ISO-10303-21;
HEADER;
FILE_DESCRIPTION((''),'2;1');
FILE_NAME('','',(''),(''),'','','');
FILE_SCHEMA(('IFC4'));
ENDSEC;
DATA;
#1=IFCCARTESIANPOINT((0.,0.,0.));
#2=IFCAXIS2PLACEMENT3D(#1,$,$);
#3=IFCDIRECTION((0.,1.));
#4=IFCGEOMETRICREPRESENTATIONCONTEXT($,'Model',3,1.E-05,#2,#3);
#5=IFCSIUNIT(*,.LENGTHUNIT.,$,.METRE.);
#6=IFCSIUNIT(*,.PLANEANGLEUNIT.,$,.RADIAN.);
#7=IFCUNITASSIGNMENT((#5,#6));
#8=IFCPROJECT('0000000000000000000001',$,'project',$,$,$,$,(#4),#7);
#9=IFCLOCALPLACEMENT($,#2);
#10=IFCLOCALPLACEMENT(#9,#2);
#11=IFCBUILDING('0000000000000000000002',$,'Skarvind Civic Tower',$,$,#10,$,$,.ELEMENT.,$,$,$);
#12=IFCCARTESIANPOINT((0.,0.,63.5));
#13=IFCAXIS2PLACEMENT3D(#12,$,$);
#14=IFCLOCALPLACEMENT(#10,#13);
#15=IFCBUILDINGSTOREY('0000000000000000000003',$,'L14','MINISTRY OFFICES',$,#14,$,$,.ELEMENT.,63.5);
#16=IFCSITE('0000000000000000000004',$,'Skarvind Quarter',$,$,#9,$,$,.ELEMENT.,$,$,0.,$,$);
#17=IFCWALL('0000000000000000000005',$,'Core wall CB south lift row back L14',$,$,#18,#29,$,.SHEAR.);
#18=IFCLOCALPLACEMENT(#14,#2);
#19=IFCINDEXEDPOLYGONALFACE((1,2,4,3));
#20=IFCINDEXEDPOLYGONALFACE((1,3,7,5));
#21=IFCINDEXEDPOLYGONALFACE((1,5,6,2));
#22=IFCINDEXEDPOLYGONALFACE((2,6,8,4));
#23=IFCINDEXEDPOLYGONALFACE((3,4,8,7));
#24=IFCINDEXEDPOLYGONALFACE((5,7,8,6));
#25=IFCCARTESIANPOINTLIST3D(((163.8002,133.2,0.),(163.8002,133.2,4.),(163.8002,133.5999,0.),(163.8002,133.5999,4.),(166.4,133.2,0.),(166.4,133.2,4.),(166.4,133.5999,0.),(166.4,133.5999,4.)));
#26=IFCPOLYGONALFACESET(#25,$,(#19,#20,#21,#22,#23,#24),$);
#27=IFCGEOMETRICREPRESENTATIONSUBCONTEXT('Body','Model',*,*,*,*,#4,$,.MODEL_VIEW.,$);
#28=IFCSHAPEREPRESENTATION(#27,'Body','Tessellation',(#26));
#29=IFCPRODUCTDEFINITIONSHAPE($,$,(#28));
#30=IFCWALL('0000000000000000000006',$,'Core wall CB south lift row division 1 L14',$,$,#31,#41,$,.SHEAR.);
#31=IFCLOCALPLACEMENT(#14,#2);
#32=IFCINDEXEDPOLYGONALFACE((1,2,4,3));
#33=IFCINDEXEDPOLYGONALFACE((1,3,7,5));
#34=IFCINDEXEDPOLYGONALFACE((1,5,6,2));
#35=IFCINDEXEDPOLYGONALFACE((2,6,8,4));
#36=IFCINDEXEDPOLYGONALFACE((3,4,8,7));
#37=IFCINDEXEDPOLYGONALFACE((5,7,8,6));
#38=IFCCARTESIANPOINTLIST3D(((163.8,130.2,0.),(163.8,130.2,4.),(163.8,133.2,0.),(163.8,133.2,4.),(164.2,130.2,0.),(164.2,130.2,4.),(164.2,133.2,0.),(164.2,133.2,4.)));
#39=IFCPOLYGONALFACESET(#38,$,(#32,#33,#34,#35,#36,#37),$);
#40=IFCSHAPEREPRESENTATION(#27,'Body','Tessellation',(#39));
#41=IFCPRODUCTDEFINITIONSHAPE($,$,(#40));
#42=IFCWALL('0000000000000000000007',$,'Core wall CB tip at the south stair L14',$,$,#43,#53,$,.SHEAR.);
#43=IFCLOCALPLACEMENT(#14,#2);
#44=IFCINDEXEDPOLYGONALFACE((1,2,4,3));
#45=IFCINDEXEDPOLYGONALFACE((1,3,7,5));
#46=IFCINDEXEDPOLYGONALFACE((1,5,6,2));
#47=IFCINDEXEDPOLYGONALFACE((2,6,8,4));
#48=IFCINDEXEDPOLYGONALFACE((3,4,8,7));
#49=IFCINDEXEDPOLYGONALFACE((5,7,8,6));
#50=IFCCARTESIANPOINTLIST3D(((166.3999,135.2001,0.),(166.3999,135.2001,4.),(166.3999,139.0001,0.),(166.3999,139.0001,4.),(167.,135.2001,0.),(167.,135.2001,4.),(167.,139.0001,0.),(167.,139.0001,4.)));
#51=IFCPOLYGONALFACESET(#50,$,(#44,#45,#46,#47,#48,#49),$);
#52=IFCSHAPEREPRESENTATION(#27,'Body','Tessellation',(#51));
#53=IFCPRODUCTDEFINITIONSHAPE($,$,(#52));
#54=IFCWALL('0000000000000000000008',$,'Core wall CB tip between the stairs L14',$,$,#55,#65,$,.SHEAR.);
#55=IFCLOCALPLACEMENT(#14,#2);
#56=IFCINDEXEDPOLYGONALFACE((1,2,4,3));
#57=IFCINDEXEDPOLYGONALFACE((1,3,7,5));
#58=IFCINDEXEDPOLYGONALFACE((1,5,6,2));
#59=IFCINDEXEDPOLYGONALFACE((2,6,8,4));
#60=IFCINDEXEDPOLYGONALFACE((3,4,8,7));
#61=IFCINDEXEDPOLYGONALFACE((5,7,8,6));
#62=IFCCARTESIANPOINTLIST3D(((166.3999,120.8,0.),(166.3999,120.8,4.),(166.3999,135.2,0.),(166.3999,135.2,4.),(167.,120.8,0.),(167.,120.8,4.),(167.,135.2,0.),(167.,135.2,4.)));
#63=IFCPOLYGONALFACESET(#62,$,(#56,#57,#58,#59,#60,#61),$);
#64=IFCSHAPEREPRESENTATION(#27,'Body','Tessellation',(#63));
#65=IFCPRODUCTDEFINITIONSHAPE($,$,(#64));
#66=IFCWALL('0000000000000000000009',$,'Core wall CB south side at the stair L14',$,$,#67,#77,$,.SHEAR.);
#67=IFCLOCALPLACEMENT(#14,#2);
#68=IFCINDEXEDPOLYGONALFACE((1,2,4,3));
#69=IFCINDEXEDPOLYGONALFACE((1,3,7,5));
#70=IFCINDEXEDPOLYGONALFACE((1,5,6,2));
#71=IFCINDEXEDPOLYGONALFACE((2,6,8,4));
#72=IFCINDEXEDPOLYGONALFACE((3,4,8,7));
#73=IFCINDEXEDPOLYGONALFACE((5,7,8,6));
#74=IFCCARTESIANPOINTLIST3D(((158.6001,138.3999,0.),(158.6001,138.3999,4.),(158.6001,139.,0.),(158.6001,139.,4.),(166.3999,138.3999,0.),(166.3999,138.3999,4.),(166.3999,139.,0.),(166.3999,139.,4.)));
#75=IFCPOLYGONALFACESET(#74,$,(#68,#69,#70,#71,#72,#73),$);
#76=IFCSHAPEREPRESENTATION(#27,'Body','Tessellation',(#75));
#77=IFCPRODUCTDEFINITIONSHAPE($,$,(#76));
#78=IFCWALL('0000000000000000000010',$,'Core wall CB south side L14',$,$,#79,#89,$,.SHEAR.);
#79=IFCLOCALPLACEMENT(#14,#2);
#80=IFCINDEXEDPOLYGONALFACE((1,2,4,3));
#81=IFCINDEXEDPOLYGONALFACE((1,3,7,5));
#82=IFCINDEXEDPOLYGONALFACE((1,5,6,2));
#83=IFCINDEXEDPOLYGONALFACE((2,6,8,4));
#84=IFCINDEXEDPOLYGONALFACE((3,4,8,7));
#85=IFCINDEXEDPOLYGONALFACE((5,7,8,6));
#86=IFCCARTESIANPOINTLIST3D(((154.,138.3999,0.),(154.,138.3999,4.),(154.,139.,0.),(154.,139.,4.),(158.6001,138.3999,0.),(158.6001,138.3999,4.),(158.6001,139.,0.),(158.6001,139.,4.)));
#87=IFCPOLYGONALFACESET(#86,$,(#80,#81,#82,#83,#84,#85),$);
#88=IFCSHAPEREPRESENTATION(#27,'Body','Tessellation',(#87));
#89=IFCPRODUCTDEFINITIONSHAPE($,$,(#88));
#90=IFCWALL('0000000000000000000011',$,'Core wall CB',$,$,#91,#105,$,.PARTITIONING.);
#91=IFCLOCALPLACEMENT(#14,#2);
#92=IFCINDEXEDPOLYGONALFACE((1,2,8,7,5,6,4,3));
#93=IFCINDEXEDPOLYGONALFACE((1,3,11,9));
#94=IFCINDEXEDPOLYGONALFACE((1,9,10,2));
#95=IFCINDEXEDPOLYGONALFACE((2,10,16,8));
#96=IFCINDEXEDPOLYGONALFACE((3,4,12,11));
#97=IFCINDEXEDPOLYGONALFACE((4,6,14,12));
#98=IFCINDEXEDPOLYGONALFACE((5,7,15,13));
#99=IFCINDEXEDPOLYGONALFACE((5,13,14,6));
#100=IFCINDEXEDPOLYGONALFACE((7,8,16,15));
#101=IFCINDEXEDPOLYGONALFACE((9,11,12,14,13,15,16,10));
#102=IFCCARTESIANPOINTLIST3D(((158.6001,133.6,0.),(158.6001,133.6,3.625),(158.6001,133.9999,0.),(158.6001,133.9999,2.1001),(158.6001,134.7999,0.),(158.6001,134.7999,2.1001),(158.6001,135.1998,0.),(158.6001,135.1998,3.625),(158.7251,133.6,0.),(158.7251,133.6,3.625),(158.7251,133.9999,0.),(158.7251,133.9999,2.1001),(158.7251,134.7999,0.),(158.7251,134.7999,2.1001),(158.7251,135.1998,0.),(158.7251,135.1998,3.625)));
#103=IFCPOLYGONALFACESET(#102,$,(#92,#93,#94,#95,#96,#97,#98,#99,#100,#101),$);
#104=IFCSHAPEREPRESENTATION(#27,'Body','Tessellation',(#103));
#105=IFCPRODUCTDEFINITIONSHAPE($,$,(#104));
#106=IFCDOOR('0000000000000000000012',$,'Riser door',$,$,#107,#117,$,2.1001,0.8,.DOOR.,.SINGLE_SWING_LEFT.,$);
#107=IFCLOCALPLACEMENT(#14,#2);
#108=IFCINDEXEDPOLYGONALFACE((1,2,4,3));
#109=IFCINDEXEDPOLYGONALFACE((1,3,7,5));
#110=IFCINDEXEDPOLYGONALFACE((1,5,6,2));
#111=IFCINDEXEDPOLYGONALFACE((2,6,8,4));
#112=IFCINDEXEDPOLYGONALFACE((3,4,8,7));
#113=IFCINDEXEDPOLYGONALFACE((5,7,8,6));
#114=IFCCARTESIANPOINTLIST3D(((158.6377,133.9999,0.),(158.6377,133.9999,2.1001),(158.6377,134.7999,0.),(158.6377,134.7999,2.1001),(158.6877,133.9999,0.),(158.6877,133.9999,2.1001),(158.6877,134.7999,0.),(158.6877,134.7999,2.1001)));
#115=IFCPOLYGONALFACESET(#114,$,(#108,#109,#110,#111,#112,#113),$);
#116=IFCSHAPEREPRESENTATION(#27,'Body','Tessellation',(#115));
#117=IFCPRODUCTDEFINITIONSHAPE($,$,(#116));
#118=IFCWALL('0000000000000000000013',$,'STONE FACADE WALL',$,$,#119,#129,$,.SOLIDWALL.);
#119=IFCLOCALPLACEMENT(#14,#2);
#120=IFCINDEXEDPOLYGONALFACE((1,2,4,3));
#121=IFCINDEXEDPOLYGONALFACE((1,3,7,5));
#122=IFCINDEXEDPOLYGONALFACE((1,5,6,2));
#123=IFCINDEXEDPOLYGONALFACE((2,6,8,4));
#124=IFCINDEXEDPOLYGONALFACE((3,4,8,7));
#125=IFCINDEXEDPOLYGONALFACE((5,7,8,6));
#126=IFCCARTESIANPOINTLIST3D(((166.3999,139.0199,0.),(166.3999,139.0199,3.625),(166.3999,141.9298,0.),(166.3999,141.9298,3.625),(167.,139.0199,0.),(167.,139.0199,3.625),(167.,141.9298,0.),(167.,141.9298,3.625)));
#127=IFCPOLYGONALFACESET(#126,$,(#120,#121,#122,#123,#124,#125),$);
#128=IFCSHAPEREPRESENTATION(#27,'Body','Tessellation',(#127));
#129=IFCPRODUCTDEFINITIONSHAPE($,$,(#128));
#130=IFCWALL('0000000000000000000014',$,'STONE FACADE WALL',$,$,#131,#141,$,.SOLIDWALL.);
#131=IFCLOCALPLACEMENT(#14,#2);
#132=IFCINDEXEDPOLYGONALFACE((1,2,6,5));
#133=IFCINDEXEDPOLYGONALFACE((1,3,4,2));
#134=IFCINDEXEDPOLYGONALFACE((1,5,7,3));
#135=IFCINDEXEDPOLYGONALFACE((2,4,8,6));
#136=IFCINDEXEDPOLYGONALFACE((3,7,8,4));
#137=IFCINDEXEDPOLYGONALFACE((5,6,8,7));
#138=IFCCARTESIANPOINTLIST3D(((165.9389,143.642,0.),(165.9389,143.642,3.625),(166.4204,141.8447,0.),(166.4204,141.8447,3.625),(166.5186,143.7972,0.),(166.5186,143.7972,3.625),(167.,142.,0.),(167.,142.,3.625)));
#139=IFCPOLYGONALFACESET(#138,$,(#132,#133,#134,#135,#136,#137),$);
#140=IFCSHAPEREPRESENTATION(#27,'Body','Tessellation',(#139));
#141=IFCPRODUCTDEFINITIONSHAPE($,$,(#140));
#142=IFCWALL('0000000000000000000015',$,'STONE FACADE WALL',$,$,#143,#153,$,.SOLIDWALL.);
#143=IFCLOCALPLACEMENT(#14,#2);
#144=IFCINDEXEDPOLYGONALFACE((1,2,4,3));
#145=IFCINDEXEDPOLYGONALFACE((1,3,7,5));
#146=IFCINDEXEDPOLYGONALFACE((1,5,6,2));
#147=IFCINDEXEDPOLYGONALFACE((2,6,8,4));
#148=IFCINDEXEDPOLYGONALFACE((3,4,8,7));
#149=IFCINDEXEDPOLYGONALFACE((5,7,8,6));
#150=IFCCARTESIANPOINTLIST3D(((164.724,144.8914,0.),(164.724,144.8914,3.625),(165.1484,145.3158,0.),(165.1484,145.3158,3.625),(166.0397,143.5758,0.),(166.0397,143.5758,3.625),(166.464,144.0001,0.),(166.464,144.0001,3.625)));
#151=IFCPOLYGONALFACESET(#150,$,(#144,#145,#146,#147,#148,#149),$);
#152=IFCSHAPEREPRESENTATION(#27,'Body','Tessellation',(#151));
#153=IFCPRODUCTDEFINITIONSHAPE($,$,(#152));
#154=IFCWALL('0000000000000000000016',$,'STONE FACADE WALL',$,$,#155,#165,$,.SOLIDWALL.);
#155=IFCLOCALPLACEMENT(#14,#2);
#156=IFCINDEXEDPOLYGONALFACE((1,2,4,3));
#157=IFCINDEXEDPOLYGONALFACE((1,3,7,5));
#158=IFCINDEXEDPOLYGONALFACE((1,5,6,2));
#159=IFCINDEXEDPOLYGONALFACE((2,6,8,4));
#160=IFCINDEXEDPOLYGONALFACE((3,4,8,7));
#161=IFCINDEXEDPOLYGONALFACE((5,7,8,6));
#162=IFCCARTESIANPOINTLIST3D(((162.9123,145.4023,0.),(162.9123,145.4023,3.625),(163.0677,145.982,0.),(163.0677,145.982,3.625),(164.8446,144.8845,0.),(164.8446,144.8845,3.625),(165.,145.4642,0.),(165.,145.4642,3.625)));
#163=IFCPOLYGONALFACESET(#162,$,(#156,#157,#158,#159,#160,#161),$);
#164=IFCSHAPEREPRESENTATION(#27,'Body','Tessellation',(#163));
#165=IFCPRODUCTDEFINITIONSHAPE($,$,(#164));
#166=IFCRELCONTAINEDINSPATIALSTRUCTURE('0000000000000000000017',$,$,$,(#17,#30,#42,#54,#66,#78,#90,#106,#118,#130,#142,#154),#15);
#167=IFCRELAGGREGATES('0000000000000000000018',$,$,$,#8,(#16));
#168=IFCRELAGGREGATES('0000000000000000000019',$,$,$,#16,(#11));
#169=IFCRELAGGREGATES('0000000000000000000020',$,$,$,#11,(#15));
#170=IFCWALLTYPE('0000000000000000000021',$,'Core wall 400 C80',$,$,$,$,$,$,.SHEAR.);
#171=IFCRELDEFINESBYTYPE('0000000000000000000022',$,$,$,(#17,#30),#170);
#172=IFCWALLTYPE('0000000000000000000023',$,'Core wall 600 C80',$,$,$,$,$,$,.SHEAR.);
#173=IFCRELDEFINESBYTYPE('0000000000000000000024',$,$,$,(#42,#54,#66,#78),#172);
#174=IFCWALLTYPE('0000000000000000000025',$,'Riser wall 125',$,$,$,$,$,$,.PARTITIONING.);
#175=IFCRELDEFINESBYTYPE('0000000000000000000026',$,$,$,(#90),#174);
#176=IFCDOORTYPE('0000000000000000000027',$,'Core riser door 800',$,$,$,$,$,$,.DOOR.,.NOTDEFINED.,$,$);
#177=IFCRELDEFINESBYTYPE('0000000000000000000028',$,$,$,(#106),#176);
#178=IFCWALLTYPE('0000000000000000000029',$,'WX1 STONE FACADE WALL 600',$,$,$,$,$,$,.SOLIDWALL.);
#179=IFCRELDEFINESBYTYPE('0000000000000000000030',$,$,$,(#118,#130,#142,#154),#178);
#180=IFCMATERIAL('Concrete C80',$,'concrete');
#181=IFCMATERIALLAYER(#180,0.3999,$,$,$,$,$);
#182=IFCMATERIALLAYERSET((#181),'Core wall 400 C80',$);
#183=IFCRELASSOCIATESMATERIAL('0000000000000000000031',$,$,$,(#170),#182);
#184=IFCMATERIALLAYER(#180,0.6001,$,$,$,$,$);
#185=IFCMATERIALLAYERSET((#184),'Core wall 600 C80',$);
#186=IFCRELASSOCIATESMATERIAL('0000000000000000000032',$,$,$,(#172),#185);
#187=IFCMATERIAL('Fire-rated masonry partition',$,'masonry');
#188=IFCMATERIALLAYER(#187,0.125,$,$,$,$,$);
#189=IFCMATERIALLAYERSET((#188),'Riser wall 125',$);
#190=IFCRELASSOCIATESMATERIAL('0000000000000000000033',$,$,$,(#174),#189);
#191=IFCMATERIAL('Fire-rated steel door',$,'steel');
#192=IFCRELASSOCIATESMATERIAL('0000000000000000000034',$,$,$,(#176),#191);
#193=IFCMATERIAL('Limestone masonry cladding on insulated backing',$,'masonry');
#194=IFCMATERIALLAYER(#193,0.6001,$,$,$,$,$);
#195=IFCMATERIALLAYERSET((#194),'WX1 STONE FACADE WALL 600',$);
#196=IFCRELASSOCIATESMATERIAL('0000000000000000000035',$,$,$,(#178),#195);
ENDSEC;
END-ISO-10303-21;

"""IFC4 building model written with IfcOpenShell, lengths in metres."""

from ifc_helpers import new_model, si_unit, direction, frame, frame_2d, origin, place, context, subcontext, project, spatial, rectangle, extrude, material, layer, layer_set, type_object, element, fill, save


model = new_model("IFC4")

# Units and contexts
model_context = context("Model", 3, precision=1e-05, world=origin(), true_north=direction((0.0, 1.0)))
body_context = subcontext(model_context, "Body", "Model", "MODEL_VIEW")
ifc_project = project(units=[si_unit("LENGTHUNIT", "METRE"), si_unit("PLANEANGLEUNIT", "RADIAN")], contexts=[model_context])

# Site, building, storey
site_placement = place(None, origin())
site = spatial("IfcSite", under=ifc_project, at=site_placement, Name="Skarvind Quarter", CompositionType="ELEMENT", RefElevation=0.0)
building_placement = place(site_placement, origin())
building = spatial("IfcBuilding", under=site, at=building_placement, Name="Skarvind Civic Tower", CompositionType="ELEMENT")
storey_placement = place(building_placement, frame((0.0, 0.0, 63.5)))
storey = spatial("IfcBuildingStorey", under=building, at=storey_placement, Name="L14", Description="MINISTRY OFFICES", CompositionType="ELEMENT", Elevation=63.5)

# Shared definitions
ifc_material_1 = material(Name="Fire-rated masonry partition", Category="masonry")
ifc_material_2 = material(Name="Fire-rated steel door", Category="steel")

# Shared definitions
ifc_material_3 = material(Name="Concrete C80", Category="concrete")
ifc_layer_1 = layer(ifc_material_3, 0.3999)
ifc_layer_set_1 = layer_set([ifc_layer_1], Name="Core wall 400 C80")
wall_type_1 = type_object("IfcWallType", Name="Core wall 400 C80", PredefinedType="SHEAR", material=ifc_layer_set_1)

# Walls
wall_1_placement = place(storey_placement, frame((166.3999, 133.3999, 0.0), z_axis=(0.0, 0.0, 1.0), x_axis=(-1.0, 0.0, 0.0)))
element("IfcWall", 1, at=wall_1_placement, inside=storey, type_object=wall_type_1, Name="Core wall CB south lift row back L14", PredefinedType="SHEAR", context=body_context, shape_type="SweptSolid", body=[
    extrude(rectangle(XDim=2.5999, YDim=0.3999, at=frame_2d((1.2998, 0.0))), origin(), (0.0, 0.0, 1.0), 4.0),
])
wall_2_placement = place(storey_placement, frame((164.0, 133.2, 0.0), z_axis=(0.0, 0.0, 1.0), x_axis=(0.0, -1.0, 0.0)))
element("IfcWall", 2, at=wall_2_placement, inside=storey, type_object=wall_type_1, Name="Core wall CB south lift row division 1 L14", PredefinedType="SHEAR", context=body_context, shape_type="SweptSolid", body=[
    extrude(rectangle(XDim=3.0, YDim=0.3999, at=frame_2d((1.5, 0.0))), origin(), (0.0, 0.0, 1.0), 4.0),
])
ifc_layer_2 = layer(ifc_material_3, 0.6001)
ifc_layer_set_2 = layer_set([ifc_layer_2], Name="Core wall 600 C80")
wall_type_2 = type_object("IfcWallType", Name="Core wall 600 C80", PredefinedType="SHEAR", material=ifc_layer_set_2)
wall_3_placement = place(storey_placement, frame((166.7, 139.0, 0.0), z_axis=(0.0, 0.0, 1.0), x_axis=(0.0, -1.0, 0.0)))
element("IfcWall", 3, at=wall_3_placement, inside=storey, type_object=wall_type_2, Name="Core wall CB tip at the south stair L14", PredefinedType="SHEAR", context=body_context, shape_type="SweptSolid", body=[
    extrude(rectangle(XDim=3.8, YDim=0.6001, at=frame_2d((1.8999, 0.0))), origin(), (0.0, 0.0, 1.0), 4.0),
])
wall_4_placement = place(storey_placement, frame((166.7, 135.2, 0.0), z_axis=(0.0, 0.0, 1.0), x_axis=(0.0, -1.0, 0.0)))
element("IfcWall", 4, at=wall_4_placement, inside=storey, type_object=wall_type_2, Name="Core wall CB tip between the stairs L14", PredefinedType="SHEAR", context=body_context, shape_type="SweptSolid", body=[
    extrude(rectangle(XDim=14.3999, YDim=0.6001, at=frame_2d((7.2, 0.0))), origin(), (0.0, 0.0, 1.0), 4.0),
])
wall_5_placement = place(storey_placement, frame((166.3999, 138.7, 0.0), z_axis=(0.0, 0.0, 1.0), x_axis=(-1.0, 0.0, 0.0)))
element("IfcWall", 5, at=wall_5_placement, inside=storey, type_object=wall_type_2, Name="Core wall CB south side at the stair L14", PredefinedType="SHEAR", context=body_context, shape_type="SweptSolid", body=[
    extrude(rectangle(XDim=7.7998, YDim=0.6001, at=frame_2d((3.8999, 0.0))), origin(), (0.0, 0.0, 1.0), 4.0),
])
wall_6_placement = place(storey_placement, frame((158.6001, 138.7, 0.0), z_axis=(0.0, 0.0, 1.0), x_axis=(-1.0, 0.0, 0.0)))
element("IfcWall", 6, at=wall_6_placement, inside=storey, type_object=wall_type_2, Name="Core wall CB south side L14", PredefinedType="SHEAR", context=body_context, shape_type="SweptSolid", body=[
    extrude(rectangle(XDim=4.6001, YDim=0.6001, at=frame_2d((2.3, 0.0))), origin(), (0.0, 0.0, 1.0), 4.0),
])

# Wall, opening, door
ifc_layer_3 = layer(ifc_material_1, 0.125)
ifc_layer_set_3 = layer_set([ifc_layer_3], Name="Riser wall 125")
wall_type_3 = type_object("IfcWallType", Name="Riser wall 125", PredefinedType="PARTITIONING", material=ifc_layer_set_3)
wall_7_placement = place(storey_placement, frame((158.6626, 133.6001, 0.0), z_axis=(0.0, 0.0, 1.0), x_axis=(0.0, 1.0, 0.0)))
wall_7 = element("IfcWall", 7, at=wall_7_placement, inside=storey, type_object=wall_type_3, Name="Core wall CB", PredefinedType="PARTITIONING", context=body_context, shape_type="SweptSolid", body=[
    extrude(rectangle(XDim=1.5999, YDim=0.125, at=frame_2d((0.7998, 0.0))), origin(), (0.0, 0.0, 1.0), 3.625),
])
opening_1_placement = place(wall_7_placement, frame((0.3999, 0.0, 0.0)))
opening_1 = element("IfcOpeningElement", 8, at=opening_1_placement, cuts=wall_7, PredefinedType="OPENING", context=body_context, shape_type="SweptSolid", body=[
    extrude(rectangle(XDim=0.8, YDim=2.1001, at=frame_2d((0.3999, 1.05))), frame((0.0, 0.0725, 0.0), z_axis=(0.0, -1.0, 0.0), x_axis=(1.0, 0.0, 0.0)), (0.0, 0.0, 1.0), 0.145),
])
door_type_1 = type_object("IfcDoorType", Name="Core riser door 800", OperationType="NOTDEFINED", PredefinedType="DOOR", material=ifc_material_2)
door_1_placement = place(opening_1_placement, origin())
door_1 = element("IfcDoor", 9, at=door_1_placement, inside=storey, type_object=door_type_1, Name="Riser door", OperationType="SINGLE_SWING_LEFT", OverallHeight=2.1001, OverallWidth=0.8, PredefinedType="DOOR", context=body_context, shape_type="SweptSolid", body=[
    extrude(rectangle(XDim=0.8, YDim=2.1001, at=frame_2d((0.3999, 1.05))), frame((0.0, 0.0249, 0.0), z_axis=(0.0, -1.0, 0.0), x_axis=(1.0, 0.0, 0.0)), (0.0, 0.0, 1.0), 0.05),
])
fill(opening_1, door_1)

# Walls
ifc_material_4 = material(Name="Limestone masonry cladding on insulated backing", Category="masonry")
ifc_layer_4 = layer(ifc_material_4, 0.6001)
ifc_layer_set_4 = layer_set([ifc_layer_4], Name="WX1 STONE FACADE WALL 600")
wall_type_4 = type_object("IfcWallType", Name="WX1 STONE FACADE WALL 600", PredefinedType="SOLIDWALL", material=ifc_layer_set_4)
wall_8_placement = place(storey_placement, frame((166.7, 141.9299, 0.0), z_axis=(0.0, 0.0, 1.0), x_axis=(0.0, -1.0, 0.0)))
element("IfcWall", 10, at=wall_8_placement, inside=storey, type_object=wall_type_4, Name="STONE FACADE WALL", PredefinedType="SOLIDWALL", context=body_context, shape_type="SweptSolid", body=[
    extrude(rectangle(XDim=2.9099, YDim=0.6001, at=frame_2d((1.4551, 0.0))), origin(), (0.0, 0.0, 1.0), 3.625),
])
for number, where, z_axis, x_axis, name in (
    (11, (166.2288, 143.7195, 0.0), (0.0, 0.0, 1.0), (0.258773, -0.965938, 0.0), "STONE FACADE WALL"),
    (12, (164.9363, 145.1035, 0.0), (0.0, 0.0, 1.0), (0.707107, -0.707107, 0.0), "STONE FACADE WALL"),
):
    element("IfcWall", number, at=place(storey_placement, frame(where, z_axis=z_axis, x_axis=x_axis)), inside=storey, type_object=wall_type_4, Name=name, PredefinedType="SOLIDWALL", context=body_context, shape_type="SweptSolid", body=[
        extrude(rectangle(XDim=1.8606, YDim=0.6001, at=frame_2d((0.9302, 0.0))), origin(), (0.0, 0.0, 1.0), 3.625),
    ])
wall_9_placement = place(storey_placement, frame((162.99, 145.6921, 0.0), z_axis=(0.0, 0.0, 1.0), x_axis=(0.96592, -0.25884, 0.0)))
element("IfcWall", 13, at=wall_9_placement, inside=storey, type_object=wall_type_4, Name="STONE FACADE WALL", PredefinedType="SOLIDWALL", context=body_context, shape_type="SweptSolid", body=[
    extrude(rectangle(XDim=2.0005, YDim=0.6001, at=frame_2d((1.0002, 0.0))), origin(), (0.0, 0.0, 1.0), 3.625),
])

save(model, "model.ifc")
